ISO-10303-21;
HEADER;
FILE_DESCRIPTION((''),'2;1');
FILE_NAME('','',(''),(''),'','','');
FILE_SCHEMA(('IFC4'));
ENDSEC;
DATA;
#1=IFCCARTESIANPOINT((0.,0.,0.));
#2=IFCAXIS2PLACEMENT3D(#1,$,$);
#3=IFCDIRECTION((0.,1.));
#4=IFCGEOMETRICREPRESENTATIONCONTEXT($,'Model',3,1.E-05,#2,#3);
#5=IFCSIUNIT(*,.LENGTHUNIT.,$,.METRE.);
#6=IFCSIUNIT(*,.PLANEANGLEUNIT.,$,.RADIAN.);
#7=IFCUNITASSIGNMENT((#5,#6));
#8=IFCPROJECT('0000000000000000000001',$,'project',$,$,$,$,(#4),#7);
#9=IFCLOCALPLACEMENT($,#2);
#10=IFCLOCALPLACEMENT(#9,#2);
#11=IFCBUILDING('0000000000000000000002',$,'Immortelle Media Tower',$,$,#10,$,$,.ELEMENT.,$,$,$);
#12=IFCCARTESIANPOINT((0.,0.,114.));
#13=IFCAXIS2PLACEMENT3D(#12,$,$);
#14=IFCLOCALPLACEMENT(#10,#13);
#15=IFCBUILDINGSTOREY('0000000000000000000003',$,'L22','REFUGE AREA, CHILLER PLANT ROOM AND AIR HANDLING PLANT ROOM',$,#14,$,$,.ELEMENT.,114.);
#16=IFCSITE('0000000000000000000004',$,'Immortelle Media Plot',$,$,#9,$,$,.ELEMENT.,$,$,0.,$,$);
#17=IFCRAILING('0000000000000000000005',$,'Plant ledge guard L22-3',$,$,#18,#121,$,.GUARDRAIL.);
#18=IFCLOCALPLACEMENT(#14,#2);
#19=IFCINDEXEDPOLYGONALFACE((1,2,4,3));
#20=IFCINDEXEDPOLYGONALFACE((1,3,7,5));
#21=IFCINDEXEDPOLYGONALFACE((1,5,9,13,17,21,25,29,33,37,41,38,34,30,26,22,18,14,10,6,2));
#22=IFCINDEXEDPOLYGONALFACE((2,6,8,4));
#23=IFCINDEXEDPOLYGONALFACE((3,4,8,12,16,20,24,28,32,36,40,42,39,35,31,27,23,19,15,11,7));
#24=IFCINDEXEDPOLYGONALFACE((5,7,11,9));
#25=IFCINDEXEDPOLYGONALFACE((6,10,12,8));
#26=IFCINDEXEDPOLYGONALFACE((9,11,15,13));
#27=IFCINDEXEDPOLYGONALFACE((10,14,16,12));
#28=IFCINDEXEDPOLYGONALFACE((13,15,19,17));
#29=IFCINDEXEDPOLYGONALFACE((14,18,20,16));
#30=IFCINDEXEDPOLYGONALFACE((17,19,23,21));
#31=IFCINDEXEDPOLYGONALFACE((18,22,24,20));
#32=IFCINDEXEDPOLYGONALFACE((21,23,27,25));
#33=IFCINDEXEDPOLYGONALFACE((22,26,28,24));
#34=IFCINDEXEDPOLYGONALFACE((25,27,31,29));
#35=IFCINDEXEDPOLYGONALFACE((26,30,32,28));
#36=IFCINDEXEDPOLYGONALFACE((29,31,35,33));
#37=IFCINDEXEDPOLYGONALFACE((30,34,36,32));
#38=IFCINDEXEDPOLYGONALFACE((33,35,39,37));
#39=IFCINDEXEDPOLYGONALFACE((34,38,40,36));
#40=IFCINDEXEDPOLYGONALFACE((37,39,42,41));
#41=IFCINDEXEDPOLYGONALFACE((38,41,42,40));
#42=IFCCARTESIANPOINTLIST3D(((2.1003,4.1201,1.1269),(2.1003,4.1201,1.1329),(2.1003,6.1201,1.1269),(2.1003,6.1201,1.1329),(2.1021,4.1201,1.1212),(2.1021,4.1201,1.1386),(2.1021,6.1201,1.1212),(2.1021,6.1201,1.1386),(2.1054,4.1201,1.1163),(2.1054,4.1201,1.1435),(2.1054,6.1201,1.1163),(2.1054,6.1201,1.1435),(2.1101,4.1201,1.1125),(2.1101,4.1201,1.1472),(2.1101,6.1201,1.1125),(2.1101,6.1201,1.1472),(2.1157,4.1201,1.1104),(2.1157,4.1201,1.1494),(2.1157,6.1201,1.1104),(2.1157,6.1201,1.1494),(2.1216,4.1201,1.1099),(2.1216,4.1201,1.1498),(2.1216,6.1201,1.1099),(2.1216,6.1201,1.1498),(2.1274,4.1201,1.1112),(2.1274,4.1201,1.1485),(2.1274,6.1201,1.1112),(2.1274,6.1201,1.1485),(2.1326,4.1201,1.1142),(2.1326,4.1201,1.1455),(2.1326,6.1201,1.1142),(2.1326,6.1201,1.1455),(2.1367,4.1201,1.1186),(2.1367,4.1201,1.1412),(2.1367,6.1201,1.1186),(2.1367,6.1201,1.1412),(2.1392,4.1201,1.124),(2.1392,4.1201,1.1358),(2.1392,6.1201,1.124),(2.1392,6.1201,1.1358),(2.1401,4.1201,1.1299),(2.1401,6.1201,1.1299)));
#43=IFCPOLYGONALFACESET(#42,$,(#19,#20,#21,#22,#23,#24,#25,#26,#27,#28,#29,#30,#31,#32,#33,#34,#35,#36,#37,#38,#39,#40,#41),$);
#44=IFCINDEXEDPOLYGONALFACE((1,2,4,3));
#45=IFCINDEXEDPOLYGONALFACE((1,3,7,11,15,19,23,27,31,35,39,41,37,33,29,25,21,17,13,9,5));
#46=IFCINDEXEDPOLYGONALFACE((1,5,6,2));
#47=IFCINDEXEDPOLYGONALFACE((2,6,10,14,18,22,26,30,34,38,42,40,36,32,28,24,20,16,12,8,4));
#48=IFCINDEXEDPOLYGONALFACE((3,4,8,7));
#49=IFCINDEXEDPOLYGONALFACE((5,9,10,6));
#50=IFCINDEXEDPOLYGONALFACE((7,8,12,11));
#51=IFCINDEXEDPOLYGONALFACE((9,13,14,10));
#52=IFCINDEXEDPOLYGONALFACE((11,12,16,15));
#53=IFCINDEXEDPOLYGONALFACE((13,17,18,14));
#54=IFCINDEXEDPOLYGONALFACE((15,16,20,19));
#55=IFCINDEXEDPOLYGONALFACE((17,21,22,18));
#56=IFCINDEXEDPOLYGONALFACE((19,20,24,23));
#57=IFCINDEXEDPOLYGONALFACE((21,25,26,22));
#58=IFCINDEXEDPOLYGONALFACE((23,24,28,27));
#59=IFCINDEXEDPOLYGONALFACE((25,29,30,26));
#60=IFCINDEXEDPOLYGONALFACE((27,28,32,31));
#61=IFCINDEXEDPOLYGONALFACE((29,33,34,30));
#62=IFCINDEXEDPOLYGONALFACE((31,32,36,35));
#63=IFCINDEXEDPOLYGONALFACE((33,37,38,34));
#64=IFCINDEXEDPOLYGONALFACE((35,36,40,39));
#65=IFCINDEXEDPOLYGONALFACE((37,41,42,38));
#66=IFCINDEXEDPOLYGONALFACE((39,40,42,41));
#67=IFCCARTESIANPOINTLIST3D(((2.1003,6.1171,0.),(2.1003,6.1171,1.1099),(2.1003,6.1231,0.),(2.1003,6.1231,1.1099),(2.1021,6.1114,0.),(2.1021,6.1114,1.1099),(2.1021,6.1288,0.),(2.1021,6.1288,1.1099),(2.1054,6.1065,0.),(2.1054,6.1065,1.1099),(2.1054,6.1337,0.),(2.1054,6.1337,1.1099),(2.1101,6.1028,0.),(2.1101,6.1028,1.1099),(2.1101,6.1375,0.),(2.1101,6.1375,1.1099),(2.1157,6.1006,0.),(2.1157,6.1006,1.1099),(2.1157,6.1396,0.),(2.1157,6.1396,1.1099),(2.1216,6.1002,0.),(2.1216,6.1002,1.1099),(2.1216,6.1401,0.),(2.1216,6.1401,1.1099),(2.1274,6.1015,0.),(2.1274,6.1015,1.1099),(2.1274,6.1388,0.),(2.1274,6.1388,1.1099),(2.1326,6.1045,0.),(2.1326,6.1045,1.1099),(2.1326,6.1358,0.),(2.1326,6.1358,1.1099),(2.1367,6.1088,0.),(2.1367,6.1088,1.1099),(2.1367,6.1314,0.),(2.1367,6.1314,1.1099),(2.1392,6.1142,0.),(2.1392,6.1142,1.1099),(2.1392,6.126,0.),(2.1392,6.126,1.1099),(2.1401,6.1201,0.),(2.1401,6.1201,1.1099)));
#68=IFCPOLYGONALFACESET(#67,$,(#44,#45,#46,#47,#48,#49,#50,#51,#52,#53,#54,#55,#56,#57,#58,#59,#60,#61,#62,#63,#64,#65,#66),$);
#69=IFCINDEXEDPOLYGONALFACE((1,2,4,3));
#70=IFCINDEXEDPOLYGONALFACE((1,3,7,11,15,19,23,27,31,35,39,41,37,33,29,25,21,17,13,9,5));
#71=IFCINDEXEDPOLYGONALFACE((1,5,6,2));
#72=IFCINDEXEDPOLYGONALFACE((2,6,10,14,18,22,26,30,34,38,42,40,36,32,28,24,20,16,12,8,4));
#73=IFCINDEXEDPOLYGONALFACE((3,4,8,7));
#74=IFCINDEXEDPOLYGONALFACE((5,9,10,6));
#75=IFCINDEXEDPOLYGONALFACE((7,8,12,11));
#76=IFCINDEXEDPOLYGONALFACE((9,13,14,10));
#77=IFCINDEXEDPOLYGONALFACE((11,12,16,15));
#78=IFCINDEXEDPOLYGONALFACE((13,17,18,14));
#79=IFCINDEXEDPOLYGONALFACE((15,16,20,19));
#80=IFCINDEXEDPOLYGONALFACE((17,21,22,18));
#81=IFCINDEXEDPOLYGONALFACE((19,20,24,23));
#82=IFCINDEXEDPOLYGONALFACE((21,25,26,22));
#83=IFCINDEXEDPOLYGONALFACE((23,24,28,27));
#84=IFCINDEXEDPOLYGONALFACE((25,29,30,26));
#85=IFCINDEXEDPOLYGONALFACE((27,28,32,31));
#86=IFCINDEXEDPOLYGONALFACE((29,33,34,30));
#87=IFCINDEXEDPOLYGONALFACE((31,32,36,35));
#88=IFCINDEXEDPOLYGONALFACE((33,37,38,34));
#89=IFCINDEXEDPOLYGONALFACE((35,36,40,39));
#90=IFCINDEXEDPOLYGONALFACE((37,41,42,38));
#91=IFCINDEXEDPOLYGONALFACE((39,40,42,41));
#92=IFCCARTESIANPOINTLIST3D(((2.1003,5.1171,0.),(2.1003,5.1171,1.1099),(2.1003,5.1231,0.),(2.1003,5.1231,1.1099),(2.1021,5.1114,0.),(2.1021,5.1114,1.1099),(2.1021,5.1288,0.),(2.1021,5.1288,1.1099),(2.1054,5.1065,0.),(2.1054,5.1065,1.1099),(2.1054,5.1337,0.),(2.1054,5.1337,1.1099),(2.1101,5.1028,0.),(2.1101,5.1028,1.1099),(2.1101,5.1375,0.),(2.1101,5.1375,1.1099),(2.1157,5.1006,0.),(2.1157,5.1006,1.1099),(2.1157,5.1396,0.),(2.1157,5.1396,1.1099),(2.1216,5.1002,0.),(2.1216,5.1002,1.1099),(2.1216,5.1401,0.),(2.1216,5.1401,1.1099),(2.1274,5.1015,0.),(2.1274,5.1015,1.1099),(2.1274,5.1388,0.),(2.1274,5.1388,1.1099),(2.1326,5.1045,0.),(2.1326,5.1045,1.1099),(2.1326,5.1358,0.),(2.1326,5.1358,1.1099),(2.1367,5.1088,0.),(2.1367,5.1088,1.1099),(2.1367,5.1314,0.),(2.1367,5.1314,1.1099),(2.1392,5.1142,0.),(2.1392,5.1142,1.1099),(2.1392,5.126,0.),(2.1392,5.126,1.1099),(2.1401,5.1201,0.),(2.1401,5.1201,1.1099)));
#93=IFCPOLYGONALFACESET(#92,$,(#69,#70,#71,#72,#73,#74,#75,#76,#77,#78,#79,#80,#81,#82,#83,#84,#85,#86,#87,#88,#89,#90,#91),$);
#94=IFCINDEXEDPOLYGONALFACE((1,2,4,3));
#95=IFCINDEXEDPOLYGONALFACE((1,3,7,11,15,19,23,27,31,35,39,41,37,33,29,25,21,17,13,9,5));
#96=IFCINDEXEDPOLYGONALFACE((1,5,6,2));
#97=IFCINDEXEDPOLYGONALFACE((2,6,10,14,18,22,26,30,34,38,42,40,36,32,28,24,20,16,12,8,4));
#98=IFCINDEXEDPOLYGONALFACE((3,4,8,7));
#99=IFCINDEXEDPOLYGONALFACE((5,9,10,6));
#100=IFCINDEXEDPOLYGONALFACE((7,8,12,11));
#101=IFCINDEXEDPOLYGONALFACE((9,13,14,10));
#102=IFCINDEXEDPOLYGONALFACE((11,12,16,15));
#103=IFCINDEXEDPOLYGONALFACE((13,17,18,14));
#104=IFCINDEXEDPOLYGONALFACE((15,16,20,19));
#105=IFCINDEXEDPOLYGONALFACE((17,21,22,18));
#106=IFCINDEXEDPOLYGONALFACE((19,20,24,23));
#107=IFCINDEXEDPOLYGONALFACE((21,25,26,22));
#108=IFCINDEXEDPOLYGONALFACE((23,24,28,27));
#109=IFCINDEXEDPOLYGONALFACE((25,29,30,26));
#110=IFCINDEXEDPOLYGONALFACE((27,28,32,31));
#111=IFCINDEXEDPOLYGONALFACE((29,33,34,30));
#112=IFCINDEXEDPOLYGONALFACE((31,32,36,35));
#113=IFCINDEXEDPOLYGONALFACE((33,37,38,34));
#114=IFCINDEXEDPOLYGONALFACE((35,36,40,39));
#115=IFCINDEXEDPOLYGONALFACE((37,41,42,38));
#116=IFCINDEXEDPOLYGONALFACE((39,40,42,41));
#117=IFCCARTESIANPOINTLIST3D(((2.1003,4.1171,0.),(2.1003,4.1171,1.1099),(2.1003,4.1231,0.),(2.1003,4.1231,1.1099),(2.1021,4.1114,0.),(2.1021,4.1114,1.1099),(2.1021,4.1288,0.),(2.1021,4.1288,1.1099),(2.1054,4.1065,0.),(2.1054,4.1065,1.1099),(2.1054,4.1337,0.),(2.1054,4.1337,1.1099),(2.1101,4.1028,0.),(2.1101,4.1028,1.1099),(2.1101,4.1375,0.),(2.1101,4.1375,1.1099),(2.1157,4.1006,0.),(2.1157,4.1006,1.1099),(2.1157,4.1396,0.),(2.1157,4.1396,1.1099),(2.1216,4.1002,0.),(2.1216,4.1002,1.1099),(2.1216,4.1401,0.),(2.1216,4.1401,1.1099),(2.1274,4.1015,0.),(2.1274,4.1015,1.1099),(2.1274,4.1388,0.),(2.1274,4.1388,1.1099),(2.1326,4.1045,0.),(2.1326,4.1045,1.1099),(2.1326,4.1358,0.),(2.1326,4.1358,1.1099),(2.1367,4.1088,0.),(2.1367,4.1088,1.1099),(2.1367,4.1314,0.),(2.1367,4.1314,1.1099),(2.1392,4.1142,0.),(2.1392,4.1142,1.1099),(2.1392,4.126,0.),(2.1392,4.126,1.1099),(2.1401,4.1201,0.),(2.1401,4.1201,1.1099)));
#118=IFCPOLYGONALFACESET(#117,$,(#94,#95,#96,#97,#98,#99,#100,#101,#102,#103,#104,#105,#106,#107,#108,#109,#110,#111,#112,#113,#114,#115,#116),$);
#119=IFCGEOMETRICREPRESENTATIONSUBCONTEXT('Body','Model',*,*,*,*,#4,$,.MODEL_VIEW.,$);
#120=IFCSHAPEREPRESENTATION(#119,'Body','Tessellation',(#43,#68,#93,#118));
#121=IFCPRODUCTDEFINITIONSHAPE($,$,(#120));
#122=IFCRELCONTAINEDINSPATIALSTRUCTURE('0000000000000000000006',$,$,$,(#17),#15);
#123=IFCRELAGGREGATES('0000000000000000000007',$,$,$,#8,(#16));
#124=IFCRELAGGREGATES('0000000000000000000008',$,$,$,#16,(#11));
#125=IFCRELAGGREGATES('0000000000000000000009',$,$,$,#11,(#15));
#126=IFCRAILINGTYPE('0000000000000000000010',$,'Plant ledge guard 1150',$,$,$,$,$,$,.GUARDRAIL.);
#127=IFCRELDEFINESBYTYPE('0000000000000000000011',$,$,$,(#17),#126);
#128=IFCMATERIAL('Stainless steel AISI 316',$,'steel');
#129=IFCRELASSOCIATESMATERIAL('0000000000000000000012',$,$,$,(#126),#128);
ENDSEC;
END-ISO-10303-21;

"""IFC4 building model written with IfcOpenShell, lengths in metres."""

from ifc_helpers import new_model, si_unit, direction, frame, origin, origin_2d, place, context, subcontext, project, spatial, circle, extrude, material, type_object, element, save


model = new_model("IFC4")

# Units and contexts
model_context = context("Model", 3, precision=1e-05, world=origin(), true_north=direction((0.0, 1.0)))
body_context = subcontext(model_context, "Body", "Model", "MODEL_VIEW")
ifc_project = project(units=[si_unit("LENGTHUNIT", "METRE"), si_unit("PLANEANGLEUNIT", "RADIAN")], contexts=[model_context])

# Site, building, storey
site_placement = place(None, origin())
site = spatial("IfcSite", under=ifc_project, at=site_placement, Name="Immortelle Media Plot", CompositionType="ELEMENT", RefElevation=0.0)
building_placement = place(site_placement, origin())
building = spatial("IfcBuilding", under=site, at=building_placement, Name="Immortelle Media Tower", CompositionType="ELEMENT")
storey_placement = place(building_placement, frame((0.0, 0.0, 114.0)))
storey = spatial("IfcBuildingStorey", under=building, at=storey_placement, Name="L22", Description="REFUGE AREA, CHILLER PLANT ROOM AND AIR HANDLING PLANT ROOM", CompositionType="ELEMENT", Elevation=114.0)

# Railing
ifc_material_1 = material(Name="Stainless steel AISI 316", Category="steel")
railing_type = type_object("IfcRailingType", Name="Plant ledge guard 1150", PredefinedType="GUARDRAIL", material=ifc_material_1)
railing_1_placement = place(storey_placement, frame((2.1201, 6.1201, 0.0)))
element("IfcRailing", 1, at=railing_1_placement, inside=storey, type_object=railing_type, Name="Plant ledge guard L22-3", PredefinedType="GUARDRAIL", context=body_context, shape_type="SweptSolid", body=[
    extrude(circle(Radius=0.02, at=origin_2d()), frame((0.0, 0.0, 1.1299), z_axis=(0.0, -1.0, 0.0), x_axis=(1.0, 0.0, 0.0)), (0.0, 0.0, 1.0), 2.0),
    extrude(circle(Radius=0.02, at=origin_2d()), origin(), (0.0, 0.0, 1.0), 1.1099),
    extrude(circle(Radius=0.02, at=origin_2d()), frame((0.0, -1.0, 0.0)), (0.0, 0.0, 1.0), 1.1099),
    extrude(circle(Radius=0.02, at=origin_2d()), frame((0.0, -2.0, 0.0)), (0.0, 0.0, 1.0), 1.1099),
])

save(model, "model.ifc")
